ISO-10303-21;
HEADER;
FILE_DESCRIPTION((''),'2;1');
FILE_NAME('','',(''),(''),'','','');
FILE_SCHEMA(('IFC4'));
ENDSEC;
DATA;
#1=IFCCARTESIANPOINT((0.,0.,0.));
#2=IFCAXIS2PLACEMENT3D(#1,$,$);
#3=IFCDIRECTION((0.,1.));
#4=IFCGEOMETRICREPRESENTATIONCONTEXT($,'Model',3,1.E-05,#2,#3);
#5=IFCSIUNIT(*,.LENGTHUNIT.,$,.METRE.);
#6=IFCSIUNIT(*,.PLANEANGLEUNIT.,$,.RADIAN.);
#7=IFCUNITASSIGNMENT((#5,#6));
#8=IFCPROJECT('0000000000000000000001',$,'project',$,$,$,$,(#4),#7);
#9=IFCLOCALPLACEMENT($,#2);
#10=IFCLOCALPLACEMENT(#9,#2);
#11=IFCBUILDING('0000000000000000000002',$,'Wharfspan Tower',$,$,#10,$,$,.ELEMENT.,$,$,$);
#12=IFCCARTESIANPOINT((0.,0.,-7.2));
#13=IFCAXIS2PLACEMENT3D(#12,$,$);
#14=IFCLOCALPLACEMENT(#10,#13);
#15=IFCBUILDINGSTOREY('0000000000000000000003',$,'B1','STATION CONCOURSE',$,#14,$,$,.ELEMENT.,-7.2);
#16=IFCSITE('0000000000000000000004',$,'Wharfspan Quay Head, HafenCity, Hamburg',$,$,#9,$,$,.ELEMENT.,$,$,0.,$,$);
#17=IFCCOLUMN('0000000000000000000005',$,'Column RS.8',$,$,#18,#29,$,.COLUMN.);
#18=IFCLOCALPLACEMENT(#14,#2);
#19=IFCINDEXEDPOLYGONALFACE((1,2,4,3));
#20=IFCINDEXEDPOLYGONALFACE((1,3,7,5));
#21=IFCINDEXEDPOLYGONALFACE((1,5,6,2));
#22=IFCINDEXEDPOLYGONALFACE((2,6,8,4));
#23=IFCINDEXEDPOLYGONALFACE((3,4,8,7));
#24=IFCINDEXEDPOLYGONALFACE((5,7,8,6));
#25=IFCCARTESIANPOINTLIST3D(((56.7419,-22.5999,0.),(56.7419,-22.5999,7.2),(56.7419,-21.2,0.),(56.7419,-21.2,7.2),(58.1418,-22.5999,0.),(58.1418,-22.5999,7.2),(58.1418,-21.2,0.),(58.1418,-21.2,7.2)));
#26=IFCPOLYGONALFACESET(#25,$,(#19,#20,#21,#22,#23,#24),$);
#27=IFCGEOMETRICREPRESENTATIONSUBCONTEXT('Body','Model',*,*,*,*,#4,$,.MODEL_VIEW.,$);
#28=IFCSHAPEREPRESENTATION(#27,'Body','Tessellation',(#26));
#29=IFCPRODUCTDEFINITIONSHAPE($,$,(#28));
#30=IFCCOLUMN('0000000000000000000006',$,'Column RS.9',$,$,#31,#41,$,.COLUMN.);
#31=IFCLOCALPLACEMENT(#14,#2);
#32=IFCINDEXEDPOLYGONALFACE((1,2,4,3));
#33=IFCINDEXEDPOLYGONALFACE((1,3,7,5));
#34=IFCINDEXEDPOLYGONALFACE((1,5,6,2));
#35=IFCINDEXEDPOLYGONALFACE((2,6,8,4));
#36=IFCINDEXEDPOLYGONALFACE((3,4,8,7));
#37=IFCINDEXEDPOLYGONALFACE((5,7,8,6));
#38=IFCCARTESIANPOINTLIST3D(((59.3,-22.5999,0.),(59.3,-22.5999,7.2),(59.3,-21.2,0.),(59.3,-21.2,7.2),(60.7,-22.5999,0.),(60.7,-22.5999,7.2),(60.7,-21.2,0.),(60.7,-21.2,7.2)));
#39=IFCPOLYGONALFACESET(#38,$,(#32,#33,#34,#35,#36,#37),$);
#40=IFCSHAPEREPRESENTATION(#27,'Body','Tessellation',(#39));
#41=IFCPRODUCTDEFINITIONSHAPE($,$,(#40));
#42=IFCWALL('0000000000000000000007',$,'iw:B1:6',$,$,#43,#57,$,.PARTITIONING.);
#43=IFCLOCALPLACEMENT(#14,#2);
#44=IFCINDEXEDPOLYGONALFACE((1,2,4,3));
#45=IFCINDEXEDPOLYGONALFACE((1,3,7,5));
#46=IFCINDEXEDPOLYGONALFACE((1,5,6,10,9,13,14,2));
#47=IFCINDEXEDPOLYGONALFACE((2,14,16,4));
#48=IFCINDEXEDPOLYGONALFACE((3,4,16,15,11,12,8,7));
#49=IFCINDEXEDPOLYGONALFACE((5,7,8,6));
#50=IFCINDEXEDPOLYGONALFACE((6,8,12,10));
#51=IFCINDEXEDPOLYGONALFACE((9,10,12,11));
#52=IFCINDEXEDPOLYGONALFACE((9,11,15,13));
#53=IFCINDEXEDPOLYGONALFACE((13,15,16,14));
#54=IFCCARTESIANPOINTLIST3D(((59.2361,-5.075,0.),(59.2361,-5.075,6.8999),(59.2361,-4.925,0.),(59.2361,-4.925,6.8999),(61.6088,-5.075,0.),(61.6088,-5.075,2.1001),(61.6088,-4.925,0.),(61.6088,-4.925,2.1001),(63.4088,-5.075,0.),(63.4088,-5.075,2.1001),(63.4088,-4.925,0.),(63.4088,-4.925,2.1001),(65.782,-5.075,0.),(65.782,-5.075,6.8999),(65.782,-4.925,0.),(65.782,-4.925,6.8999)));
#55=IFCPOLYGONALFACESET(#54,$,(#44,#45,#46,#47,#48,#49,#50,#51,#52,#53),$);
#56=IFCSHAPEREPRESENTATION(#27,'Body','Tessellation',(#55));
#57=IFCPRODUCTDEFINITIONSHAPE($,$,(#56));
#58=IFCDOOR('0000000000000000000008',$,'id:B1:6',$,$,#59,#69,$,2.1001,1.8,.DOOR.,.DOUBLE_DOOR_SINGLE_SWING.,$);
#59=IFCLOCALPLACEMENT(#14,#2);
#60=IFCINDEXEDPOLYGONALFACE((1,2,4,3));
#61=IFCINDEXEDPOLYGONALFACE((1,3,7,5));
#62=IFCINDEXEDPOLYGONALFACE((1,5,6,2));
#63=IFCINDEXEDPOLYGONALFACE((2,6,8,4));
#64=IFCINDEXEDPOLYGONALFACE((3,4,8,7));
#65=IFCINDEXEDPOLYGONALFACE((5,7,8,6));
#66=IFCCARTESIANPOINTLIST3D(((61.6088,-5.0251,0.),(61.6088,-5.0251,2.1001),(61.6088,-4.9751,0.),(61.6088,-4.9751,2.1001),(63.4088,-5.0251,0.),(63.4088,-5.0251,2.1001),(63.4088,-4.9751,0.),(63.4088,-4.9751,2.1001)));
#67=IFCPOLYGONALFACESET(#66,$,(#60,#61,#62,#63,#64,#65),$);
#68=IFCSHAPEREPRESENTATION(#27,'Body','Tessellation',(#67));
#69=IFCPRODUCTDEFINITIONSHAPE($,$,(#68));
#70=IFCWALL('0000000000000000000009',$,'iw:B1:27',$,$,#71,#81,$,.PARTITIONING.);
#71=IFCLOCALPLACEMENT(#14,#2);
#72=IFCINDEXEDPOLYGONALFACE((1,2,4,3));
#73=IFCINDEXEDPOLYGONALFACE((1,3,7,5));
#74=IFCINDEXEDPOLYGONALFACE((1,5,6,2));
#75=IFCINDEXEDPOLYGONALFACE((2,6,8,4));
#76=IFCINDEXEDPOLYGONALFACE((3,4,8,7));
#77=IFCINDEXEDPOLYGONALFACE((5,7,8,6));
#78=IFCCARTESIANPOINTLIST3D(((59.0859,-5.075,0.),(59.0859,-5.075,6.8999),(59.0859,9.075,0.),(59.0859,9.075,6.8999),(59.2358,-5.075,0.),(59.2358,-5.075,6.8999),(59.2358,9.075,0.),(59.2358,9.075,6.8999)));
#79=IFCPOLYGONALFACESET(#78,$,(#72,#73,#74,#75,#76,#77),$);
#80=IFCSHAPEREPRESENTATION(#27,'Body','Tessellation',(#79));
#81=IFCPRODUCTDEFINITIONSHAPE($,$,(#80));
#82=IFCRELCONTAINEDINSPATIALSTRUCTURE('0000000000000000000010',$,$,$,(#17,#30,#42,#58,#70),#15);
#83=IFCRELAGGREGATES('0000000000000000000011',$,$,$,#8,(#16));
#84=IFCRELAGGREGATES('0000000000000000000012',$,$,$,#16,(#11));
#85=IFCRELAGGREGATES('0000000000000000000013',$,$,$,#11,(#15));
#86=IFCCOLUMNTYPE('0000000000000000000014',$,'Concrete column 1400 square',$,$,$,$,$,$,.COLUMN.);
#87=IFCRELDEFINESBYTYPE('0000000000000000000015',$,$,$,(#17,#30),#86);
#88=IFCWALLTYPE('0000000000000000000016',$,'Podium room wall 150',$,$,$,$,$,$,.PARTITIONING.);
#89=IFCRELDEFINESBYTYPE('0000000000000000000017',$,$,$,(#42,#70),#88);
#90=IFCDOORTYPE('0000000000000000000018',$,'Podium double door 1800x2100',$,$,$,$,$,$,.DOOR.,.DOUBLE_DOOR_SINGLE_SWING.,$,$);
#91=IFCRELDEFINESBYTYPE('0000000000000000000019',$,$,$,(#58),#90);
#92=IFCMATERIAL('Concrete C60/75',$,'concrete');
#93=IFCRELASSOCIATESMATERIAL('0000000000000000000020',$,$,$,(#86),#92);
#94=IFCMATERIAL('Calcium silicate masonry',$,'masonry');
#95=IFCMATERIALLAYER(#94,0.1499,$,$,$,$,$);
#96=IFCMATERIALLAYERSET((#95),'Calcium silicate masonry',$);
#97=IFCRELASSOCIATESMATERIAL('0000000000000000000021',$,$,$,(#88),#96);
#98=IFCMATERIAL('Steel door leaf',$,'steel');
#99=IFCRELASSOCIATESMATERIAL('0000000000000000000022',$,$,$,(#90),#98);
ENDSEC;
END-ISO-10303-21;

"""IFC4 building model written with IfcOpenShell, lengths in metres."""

from ifc_helpers import new_model, si_unit, direction, frame, frame_2d, origin, origin_2d, place, context, subcontext, project, spatial, rectangle, extrude, material, layer, layer_set, material_profile, profile_set, type_object, element, fill, save


model = new_model("IFC4")

# Units and contexts
model_context = context("Model", 3, precision=1e-05, world=origin(), true_north=direction((0.0, 1.0)))
body_context = subcontext(model_context, "Body", "Model", "MODEL_VIEW")
ifc_project = project(units=[si_unit("LENGTHUNIT", "METRE"), si_unit("PLANEANGLEUNIT", "RADIAN")], contexts=[model_context])

# Site, building, storey
site_placement = place(None, origin())
site = spatial("IfcSite", under=ifc_project, at=site_placement, Name="Wharfspan Quay Head, HafenCity, Hamburg", CompositionType="ELEMENT", RefElevation=0.0)
building_placement = place(site_placement, origin())
building = spatial("IfcBuilding", under=site, at=building_placement, Name="Wharfspan Tower", CompositionType="ELEMENT")
storey_placement = place(building_placement, frame((0.0, 0.0, -7.2)))
storey = spatial("IfcBuildingStorey", under=building, at=storey_placement, Name="B1", Description="STATION CONCOURSE", CompositionType="ELEMENT", Elevation=-7.2)

# Columns
ifc_material_1 = material(Name="Concrete C60/75", Category="concrete")
ifc_material_profile = material_profile(ifc_material_1, rectangle(XDim=1.3999, YDim=1.3999, at=origin_2d()))
ifc_profile_set = profile_set([ifc_material_profile], Name="Concrete C60/75")
column_type = type_object("IfcColumnType", Name="Concrete column 1400 square", PredefinedType="COLUMN", material=ifc_profile_set)
for number, where, z_axis, x_axis, name in (
    (1, (57.4419, -21.8999, 0.0), (0.0, 0.0, 1.0), (1.0, 0.0, 0.0), "Column RS.8"),
    (2, (60.0, -21.8999, 0.0), (0.0, 0.0, 1.0), (1.0, 0.0, 0.0), "Column RS.9"),
):
    element("IfcColumn", number, at=place(storey_placement, frame(where, z_axis=z_axis, x_axis=x_axis)), inside=storey, type_object=column_type, Name=name, PredefinedType="COLUMN", context=body_context, shape_type="SweptSolid", body=[
        extrude(rectangle(XDim=1.3999, YDim=1.3999, at=origin_2d()), origin(), (0.0, 0.0, 1.0), 7.2),
    ])

# Wall, opening, door
ifc_material_2 = material(Name="Calcium silicate masonry", Category="masonry")
ifc_layer = layer(ifc_material_2, 0.1499)
ifc_layer_set = layer_set([ifc_layer], Name="Calcium silicate masonry")
wall_type = type_object("IfcWallType", Name="Podium room wall 150", PredefinedType="PARTITIONING", material=ifc_layer_set)
wall_1_placement = place(storey_placement, frame((59.2361, -5.0, 0.0), z_axis=(0.0, 0.0, 1.0), x_axis=(1.0, 0.0, 0.0)))
wall_1 = element("IfcWall", 3, at=wall_1_placement, inside=storey, type_object=wall_type, Name="iw:B1:6", PredefinedType="PARTITIONING", context=body_context, shape_type="SweptSolid", body=[
    extrude(rectangle(XDim=6.5459, YDim=0.1499, at=frame_2d((3.2729, 0.0))), origin(), (0.0, 0.0, 1.0), 6.8999),
])
opening_placement = place(wall_1_placement, frame((2.3728, 0.0, 0.0)))
opening = element("IfcOpeningElement", 4, at=opening_placement, cuts=wall_1, PredefinedType="OPENING", context=body_context, shape_type="SweptSolid", body=[
    extrude(rectangle(XDim=1.8, YDim=2.1001, at=frame_2d((0.8999, 1.05))), frame((0.0, 0.085, 0.0), z_axis=(0.0, -1.0, 0.0), x_axis=(1.0, 0.0, 0.0)), (0.0, 0.0, 1.0), 0.1699),
])
ifc_material_3 = material(Name="Steel door leaf", Category="steel")
door_type = type_object("IfcDoorType", Name="Podium double door 1800x2100", OperationType="DOUBLE_DOOR_SINGLE_SWING", PredefinedType="DOOR", material=ifc_material_3)
door_placement = place(opening_placement, origin())
door = element("IfcDoor", 5, at=door_placement, inside=storey, type_object=door_type, Name="id:B1:6", OperationType="DOUBLE_DOOR_SINGLE_SWING", OverallHeight=2.1001, OverallWidth=1.8, PredefinedType="DOOR", context=body_context, shape_type="SweptSolid", body=[
    extrude(rectangle(XDim=1.8, YDim=2.1001, at=frame_2d((0.8999, 1.05))), frame((0.0, 0.0249, 0.0), z_axis=(0.0, -1.0, 0.0), x_axis=(1.0, 0.0, 0.0)), (0.0, 0.0, 1.0), 0.05),
])
fill(opening, door)

# Wall
wall_2_placement = place(storey_placement, frame((59.1609, -5.075, 0.0), z_axis=(0.0, 0.0, 1.0), x_axis=(0.0, 1.0, 0.0)))
element("IfcWall", 6, at=wall_2_placement, inside=storey, type_object=wall_type, Name="iw:B1:27", PredefinedType="PARTITIONING", context=body_context, shape_type="SweptSolid", body=[
    extrude(rectangle(XDim=14.1499, YDim=0.1499, at=frame_2d((7.075, 0.0))), origin(), (0.0, 0.0, 1.0), 6.8999),
])

save(model, "model.ifc")
